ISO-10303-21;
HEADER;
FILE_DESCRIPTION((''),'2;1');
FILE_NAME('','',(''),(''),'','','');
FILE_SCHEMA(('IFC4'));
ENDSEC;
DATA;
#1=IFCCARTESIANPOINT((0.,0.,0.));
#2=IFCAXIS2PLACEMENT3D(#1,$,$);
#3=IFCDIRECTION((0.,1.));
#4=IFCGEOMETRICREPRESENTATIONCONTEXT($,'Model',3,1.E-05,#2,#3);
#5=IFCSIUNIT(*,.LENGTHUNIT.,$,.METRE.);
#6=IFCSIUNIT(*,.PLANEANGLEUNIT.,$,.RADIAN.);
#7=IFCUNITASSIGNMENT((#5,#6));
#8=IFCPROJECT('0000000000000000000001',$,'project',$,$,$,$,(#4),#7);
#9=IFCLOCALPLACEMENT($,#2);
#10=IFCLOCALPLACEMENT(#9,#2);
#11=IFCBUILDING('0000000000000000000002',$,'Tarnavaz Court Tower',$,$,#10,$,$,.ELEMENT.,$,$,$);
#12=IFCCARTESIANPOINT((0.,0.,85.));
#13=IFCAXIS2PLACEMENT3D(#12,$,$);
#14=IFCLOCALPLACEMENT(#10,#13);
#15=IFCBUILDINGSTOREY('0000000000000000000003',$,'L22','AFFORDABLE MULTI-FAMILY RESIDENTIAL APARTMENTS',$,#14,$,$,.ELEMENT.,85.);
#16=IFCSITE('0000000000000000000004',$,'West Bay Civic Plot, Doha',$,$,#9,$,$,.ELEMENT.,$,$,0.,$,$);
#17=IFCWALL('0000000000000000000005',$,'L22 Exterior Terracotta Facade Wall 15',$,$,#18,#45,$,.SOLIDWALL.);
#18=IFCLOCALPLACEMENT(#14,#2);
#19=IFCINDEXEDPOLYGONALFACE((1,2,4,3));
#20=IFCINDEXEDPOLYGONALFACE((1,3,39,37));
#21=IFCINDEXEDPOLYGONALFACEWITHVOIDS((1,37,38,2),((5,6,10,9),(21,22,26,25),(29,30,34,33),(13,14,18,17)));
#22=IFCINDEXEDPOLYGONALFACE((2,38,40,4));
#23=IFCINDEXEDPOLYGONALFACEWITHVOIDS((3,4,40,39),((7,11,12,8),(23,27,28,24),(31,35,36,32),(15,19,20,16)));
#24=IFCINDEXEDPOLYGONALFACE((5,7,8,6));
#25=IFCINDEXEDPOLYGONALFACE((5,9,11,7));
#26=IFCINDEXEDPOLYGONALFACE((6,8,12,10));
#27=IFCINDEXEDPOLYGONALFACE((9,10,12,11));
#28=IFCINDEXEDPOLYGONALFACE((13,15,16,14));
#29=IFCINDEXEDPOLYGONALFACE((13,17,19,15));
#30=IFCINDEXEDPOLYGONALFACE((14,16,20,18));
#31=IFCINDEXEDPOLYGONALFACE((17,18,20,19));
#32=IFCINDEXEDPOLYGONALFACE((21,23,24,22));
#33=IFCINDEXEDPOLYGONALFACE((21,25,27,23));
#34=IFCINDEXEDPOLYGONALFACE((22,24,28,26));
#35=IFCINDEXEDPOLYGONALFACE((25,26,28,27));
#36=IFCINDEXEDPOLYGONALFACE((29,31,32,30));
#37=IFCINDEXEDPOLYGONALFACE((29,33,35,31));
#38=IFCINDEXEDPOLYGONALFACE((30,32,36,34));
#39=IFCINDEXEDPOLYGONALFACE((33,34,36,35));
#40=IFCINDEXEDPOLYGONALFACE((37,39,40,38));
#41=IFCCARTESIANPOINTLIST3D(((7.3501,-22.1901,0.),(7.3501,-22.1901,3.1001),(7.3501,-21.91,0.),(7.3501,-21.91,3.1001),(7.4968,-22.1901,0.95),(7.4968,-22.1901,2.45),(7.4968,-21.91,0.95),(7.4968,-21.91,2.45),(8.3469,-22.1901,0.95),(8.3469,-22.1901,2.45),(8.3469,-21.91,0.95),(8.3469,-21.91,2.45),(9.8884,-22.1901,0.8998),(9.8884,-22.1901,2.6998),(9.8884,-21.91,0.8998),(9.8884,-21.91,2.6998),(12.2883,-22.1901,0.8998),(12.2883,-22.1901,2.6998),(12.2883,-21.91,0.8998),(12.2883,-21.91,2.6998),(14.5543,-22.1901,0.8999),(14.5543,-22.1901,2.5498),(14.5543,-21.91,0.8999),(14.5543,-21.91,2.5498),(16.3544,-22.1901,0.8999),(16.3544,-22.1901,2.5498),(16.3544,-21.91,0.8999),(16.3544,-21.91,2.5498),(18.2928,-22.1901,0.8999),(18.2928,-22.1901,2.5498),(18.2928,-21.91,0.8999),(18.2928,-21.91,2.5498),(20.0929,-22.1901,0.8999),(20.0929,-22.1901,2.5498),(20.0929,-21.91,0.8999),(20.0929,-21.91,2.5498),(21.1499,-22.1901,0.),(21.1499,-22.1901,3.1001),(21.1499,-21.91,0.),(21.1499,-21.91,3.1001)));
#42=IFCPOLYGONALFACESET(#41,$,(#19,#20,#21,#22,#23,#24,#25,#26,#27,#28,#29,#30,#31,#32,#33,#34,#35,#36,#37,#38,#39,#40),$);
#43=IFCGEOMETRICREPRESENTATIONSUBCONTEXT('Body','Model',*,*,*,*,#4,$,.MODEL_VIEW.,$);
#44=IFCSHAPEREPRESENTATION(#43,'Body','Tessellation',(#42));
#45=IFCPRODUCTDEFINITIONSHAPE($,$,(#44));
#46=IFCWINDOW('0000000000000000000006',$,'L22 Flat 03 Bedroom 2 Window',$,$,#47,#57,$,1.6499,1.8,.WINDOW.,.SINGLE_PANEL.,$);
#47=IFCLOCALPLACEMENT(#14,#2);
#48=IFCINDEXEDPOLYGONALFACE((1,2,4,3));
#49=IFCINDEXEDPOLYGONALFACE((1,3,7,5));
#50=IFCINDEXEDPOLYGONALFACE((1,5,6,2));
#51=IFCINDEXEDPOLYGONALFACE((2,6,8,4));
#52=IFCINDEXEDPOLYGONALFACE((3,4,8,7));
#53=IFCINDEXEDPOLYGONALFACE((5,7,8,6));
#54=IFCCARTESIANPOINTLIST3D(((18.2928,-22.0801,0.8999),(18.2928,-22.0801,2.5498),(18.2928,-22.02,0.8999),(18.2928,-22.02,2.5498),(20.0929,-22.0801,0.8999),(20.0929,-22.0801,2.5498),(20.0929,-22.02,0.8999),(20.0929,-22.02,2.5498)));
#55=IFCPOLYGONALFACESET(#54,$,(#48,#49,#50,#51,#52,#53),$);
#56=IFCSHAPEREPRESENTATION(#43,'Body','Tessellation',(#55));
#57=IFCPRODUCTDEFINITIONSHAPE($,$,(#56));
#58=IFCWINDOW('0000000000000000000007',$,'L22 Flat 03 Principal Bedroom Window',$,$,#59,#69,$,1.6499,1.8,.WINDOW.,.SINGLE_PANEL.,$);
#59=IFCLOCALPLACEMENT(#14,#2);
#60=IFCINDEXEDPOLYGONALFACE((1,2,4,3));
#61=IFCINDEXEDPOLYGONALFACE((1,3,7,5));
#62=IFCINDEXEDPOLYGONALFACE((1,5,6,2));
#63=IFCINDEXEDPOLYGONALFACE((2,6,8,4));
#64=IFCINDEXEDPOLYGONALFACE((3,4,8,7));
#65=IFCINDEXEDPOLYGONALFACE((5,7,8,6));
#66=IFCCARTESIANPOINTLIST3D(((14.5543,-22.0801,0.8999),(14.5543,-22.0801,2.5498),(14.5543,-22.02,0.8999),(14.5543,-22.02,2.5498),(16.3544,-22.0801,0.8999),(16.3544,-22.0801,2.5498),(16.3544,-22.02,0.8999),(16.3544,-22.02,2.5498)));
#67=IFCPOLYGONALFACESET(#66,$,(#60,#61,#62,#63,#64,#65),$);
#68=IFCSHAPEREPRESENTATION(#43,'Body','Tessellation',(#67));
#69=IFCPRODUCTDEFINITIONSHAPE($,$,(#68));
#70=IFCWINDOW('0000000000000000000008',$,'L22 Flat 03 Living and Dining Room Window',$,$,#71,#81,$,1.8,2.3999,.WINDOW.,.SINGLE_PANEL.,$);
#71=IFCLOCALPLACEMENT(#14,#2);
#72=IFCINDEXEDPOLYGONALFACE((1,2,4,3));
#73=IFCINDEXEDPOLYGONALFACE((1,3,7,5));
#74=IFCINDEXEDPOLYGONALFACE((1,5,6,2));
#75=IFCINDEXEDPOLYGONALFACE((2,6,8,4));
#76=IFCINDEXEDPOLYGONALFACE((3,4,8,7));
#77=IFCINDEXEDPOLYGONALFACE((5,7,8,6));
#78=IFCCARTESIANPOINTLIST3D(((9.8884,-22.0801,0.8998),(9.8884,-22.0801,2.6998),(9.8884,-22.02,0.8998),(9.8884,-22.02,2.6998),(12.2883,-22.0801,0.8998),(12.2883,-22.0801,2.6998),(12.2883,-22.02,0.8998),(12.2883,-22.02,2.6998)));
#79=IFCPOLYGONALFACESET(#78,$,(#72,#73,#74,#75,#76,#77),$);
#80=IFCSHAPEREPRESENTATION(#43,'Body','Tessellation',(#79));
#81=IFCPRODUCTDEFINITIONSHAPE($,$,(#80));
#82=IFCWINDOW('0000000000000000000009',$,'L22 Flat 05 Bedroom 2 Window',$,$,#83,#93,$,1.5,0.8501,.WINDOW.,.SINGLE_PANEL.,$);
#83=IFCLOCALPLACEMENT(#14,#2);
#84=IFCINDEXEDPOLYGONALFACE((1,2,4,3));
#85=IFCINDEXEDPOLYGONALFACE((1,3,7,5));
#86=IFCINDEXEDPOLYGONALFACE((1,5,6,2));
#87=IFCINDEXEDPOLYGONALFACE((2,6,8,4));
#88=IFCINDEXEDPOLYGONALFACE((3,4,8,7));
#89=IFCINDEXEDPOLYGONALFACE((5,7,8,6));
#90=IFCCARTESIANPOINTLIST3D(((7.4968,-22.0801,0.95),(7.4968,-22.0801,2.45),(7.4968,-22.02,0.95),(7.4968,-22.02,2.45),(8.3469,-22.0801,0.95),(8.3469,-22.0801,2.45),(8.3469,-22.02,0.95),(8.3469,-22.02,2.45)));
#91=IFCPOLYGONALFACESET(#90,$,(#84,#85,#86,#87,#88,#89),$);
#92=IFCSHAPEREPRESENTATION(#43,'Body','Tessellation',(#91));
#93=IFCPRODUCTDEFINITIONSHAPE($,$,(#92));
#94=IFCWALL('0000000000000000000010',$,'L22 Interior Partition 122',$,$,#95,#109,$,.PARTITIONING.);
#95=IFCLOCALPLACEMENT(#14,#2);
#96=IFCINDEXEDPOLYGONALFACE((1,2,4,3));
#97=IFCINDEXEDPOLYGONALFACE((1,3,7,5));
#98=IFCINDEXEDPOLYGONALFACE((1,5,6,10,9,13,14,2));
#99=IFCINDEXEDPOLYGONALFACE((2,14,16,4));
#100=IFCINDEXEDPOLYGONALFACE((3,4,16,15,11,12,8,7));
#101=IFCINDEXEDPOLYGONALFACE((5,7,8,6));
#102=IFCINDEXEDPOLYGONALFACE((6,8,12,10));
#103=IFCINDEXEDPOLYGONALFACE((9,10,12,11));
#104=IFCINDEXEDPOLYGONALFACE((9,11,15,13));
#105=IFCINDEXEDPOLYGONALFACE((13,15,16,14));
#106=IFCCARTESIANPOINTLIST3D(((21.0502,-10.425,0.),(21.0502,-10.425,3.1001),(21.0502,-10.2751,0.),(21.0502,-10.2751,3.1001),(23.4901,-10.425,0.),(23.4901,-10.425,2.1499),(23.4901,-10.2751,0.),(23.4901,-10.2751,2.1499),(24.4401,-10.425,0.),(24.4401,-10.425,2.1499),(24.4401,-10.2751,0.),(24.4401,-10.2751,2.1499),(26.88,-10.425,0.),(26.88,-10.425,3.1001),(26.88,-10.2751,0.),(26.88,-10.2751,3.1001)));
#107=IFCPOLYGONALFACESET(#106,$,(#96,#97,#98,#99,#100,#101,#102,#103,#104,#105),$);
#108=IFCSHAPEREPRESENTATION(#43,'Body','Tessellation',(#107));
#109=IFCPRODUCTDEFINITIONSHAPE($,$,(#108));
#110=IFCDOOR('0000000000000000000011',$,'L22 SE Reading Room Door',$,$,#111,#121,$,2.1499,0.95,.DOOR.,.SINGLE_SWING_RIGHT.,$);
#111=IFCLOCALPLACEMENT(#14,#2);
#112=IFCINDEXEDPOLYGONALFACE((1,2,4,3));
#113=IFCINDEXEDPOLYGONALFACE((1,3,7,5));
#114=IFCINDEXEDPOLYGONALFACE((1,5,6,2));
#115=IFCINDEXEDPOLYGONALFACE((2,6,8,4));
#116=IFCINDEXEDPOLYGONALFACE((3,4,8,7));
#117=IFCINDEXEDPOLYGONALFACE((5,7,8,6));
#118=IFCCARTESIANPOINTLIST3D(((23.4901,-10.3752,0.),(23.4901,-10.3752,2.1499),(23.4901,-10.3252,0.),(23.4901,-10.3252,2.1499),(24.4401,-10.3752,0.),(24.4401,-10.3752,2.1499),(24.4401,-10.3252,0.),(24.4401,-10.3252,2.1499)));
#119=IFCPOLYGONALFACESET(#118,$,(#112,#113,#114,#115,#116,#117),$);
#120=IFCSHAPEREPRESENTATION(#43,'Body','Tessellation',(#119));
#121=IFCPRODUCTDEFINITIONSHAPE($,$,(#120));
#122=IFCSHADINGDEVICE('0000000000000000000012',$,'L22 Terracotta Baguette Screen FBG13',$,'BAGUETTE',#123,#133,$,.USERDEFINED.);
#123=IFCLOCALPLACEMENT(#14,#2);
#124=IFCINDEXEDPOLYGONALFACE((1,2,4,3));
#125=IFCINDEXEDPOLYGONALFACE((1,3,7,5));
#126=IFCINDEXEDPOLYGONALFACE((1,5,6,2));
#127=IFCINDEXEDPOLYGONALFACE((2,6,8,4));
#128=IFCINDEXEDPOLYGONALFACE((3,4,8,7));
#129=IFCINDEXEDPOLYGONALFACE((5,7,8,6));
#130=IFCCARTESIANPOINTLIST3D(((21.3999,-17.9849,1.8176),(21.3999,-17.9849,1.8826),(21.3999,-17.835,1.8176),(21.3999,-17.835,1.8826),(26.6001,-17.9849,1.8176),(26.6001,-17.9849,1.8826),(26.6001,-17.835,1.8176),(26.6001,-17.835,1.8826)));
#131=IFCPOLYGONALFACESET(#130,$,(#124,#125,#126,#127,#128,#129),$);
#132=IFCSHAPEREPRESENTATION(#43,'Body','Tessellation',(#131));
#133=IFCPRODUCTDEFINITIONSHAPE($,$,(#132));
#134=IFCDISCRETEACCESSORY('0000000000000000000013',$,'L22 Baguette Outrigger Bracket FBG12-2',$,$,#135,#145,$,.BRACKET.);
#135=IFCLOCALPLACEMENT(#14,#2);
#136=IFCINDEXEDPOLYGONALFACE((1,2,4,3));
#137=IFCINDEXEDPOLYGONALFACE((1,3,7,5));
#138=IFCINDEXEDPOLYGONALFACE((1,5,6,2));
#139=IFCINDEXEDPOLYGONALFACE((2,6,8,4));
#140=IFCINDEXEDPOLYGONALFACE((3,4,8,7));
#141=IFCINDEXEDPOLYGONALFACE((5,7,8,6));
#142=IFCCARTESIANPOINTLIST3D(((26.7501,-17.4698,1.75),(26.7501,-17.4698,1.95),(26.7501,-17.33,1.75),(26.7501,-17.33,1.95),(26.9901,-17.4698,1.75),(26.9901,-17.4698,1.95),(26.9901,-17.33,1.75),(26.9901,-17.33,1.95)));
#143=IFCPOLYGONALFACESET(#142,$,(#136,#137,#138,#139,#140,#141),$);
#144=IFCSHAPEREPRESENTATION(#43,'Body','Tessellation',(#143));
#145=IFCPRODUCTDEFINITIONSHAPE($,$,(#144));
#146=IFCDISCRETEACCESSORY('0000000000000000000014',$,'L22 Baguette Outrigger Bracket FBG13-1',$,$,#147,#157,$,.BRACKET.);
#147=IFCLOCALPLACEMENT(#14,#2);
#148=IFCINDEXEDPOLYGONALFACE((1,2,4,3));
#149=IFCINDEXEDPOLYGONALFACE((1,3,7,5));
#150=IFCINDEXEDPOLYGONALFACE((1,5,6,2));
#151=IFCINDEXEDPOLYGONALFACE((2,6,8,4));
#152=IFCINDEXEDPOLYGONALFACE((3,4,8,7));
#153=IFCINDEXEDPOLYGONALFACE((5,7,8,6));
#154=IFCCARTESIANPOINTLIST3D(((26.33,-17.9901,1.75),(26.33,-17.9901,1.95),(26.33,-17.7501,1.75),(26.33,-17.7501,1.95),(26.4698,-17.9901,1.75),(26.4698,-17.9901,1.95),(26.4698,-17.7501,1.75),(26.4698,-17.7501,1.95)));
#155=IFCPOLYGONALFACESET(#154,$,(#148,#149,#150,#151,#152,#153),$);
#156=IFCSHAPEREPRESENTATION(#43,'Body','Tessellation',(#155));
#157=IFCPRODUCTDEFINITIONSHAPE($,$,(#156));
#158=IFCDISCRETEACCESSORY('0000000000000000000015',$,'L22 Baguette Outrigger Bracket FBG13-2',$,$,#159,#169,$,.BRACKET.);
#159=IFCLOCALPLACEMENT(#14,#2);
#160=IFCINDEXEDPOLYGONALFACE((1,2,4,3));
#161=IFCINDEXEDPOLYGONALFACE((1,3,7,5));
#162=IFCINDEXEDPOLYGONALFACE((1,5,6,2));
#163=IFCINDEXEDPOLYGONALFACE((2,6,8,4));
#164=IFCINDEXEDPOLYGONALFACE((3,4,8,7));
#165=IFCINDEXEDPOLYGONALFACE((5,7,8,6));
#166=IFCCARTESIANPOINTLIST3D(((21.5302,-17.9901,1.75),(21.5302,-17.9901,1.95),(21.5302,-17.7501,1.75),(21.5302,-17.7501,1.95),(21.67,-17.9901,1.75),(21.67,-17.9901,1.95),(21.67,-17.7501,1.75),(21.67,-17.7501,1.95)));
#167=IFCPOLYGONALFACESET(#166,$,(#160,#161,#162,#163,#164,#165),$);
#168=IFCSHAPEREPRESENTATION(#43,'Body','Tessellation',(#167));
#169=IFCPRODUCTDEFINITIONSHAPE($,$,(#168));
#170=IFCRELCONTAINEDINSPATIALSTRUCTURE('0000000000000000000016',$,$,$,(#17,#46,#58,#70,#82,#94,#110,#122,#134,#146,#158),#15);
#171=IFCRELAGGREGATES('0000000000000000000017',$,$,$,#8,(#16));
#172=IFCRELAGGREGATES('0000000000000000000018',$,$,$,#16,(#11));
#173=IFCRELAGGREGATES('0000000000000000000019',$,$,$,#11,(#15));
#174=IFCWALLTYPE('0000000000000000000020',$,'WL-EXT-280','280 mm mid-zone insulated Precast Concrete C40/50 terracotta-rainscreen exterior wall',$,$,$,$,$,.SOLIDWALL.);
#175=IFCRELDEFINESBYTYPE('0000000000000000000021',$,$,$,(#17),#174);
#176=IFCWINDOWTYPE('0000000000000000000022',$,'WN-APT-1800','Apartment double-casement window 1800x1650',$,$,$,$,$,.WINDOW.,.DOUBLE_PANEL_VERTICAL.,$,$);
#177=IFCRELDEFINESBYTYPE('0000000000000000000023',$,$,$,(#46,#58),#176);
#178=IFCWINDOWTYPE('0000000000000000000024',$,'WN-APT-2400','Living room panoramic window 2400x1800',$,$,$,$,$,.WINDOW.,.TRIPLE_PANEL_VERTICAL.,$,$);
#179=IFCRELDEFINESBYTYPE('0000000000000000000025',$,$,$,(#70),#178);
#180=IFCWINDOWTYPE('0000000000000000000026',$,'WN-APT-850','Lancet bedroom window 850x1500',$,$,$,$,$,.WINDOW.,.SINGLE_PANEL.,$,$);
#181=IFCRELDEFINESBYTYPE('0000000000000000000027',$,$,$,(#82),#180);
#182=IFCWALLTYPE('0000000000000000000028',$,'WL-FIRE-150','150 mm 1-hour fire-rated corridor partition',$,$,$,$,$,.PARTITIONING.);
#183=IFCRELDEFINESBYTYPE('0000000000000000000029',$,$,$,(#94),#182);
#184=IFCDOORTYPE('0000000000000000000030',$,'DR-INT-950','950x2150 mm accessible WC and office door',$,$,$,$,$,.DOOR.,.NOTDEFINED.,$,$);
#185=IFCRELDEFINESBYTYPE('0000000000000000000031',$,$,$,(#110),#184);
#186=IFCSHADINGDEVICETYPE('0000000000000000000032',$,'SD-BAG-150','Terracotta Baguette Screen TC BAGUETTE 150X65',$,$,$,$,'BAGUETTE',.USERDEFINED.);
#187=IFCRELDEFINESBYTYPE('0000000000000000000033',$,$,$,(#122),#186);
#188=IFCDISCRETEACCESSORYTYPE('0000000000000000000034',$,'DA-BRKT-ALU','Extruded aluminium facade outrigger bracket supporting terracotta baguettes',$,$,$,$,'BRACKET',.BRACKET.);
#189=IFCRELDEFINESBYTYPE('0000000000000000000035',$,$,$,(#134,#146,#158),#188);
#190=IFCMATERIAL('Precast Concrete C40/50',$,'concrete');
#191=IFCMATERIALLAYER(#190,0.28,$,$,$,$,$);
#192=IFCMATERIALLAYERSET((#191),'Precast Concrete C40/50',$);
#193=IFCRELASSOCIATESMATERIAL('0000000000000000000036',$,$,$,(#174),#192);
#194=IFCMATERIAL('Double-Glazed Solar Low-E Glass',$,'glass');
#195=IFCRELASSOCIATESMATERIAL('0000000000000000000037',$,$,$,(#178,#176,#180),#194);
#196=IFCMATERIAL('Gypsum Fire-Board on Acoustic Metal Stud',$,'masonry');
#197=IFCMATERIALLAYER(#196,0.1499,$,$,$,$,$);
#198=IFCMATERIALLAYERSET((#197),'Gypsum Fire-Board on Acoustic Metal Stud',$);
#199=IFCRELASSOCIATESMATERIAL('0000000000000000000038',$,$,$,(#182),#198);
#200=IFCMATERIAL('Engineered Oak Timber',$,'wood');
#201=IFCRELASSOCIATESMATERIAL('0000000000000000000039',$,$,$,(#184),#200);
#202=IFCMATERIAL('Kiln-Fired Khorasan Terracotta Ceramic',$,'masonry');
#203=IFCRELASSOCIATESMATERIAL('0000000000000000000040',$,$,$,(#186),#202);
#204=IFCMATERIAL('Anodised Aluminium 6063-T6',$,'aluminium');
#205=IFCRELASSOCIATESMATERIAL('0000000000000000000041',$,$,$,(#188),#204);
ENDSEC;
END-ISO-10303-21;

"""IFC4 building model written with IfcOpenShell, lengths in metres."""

from ifc_helpers import new_model, si_unit, direction, frame, frame_2d, origin, origin_2d, place, context, subcontext, project, spatial, rectangle, extrude, material, layer, layer_set, material_profile, profile_set, type_object, element, fill, save


model = new_model("IFC4")

# Units and contexts
model_context = context("Model", 3, precision=1e-05, world=origin(), true_north=direction((0.0, 1.0)))
body_context = subcontext(model_context, "Body", "Model", "MODEL_VIEW")
ifc_project = project(units=[si_unit("LENGTHUNIT", "METRE"), si_unit("PLANEANGLEUNIT", "RADIAN")], contexts=[model_context])

# Site, building, storey
site_placement = place(None, origin())
site = spatial("IfcSite", under=ifc_project, at=site_placement, Name="West Bay Civic Plot, Doha", CompositionType="ELEMENT", RefElevation=0.0)
building_placement = place(site_placement, origin())
building = spatial("IfcBuilding", under=site, at=building_placement, Name="Tarnavaz Court Tower", CompositionType="ELEMENT")
storey_placement = place(building_placement, frame((0.0, 0.0, 85.0)))
storey = spatial("IfcBuildingStorey", under=building, at=storey_placement, Name="L22", Description="AFFORDABLE MULTI-FAMILY RESIDENTIAL APARTMENTS", CompositionType="ELEMENT", Elevation=85.0)

# Shared definitions
ifc_material_1 = material(Name="Precast Concrete C40/50", Category="concrete")
ifc_layer_1 = layer(ifc_material_1, 0.28)
ifc_layer_set_1 = layer_set([ifc_layer_1], Name="Precast Concrete C40/50")
wall_type_1 = type_object("IfcWallType", Name="WL-EXT-280", Description="280 mm mid-zone insulated Precast Concrete C40/50 terracotta-rainscreen exterior wall", PredefinedType="SOLIDWALL", material=ifc_layer_set_1)
ifc_material_2 = material(Name="Double-Glazed Solar Low-E Glass", Category="glass")
window_type_1 = type_object("IfcWindowType", Name="WN-APT-2400", Description="Living room panoramic window 2400x1800", PartitioningType="TRIPLE_PANEL_VERTICAL", PredefinedType="WINDOW", material=ifc_material_2)
window_type_2 = type_object("IfcWindowType", Name="WN-APT-1800", Description="Apartment double-casement window 1800x1650", PartitioningType="DOUBLE_PANEL_VERTICAL", PredefinedType="WINDOW", material=ifc_material_2)

# Wall, openings, windows
wall_1_placement = place(storey_placement, frame((21.1499, -22.05, 0.0), z_axis=(0.0, 0.0, 1.0), x_axis=(-1.0, 0.0, 0.0)))
wall_1 = element("IfcWall", 1, at=wall_1_placement, inside=storey, type_object=wall_type_1, Name="L22 Exterior Terracotta Facade Wall 15", PredefinedType="SOLIDWALL", context=body_context, shape_type="SweptSolid", body=[
    extrude(rectangle(XDim=13.7998, YDim=0.28, at=frame_2d((6.8999, 0.0))), origin(), (0.0, 0.0, 1.0), 3.1001),
])
opening_1_placement = place(wall_1_placement, frame((1.0571, 0.0, 0.8999)))
opening_1 = element("IfcOpeningElement", 2, at=opening_1_placement, cuts=wall_1, PredefinedType="OPENING", context=body_context, shape_type="SweptSolid", body=[
    extrude(rectangle(XDim=1.8, YDim=1.6499, at=frame_2d((0.8999, 0.825))), frame((0.0, 0.1499, 0.0), z_axis=(0.0, -1.0, 0.0), x_axis=(1.0, 0.0, 0.0)), (0.0, 0.0, 1.0), 0.3),
])
opening_2_placement = place(wall_1_placement, frame((4.7957, 0.0, 0.8999)))
opening_2 = element("IfcOpeningElement", 3, at=opening_2_placement, cuts=wall_1, PredefinedType="OPENING", context=body_context, shape_type="SweptSolid", body=[
    extrude(rectangle(XDim=1.8, YDim=1.6499, at=frame_2d((0.8999, 0.825))), frame((0.0, 0.1499, 0.0), z_axis=(0.0, -1.0, 0.0), x_axis=(1.0, 0.0, 0.0)), (0.0, 0.0, 1.0), 0.3),
])
opening_3_placement = place(wall_1_placement, frame((8.8616, 0.0, 0.8999)))
opening_3 = element("IfcOpeningElement", 4, at=opening_3_placement, cuts=wall_1, PredefinedType="OPENING", context=body_context, shape_type="SweptSolid", body=[
    extrude(rectangle(XDim=2.3999, YDim=1.8, at=frame_2d((1.2, 0.8999))), frame((0.0, 0.1499, 0.0), z_axis=(0.0, -1.0, 0.0), x_axis=(1.0, 0.0, 0.0)), (0.0, 0.0, 1.0), 0.3),
])
opening_4_placement = place(wall_1_placement, frame((12.803, 0.0, 0.95)))
opening_4 = element("IfcOpeningElement", 5, at=opening_4_placement, cuts=wall_1, PredefinedType="OPENING", context=body_context, shape_type="SweptSolid", body=[
    extrude(rectangle(XDim=0.8501, YDim=1.5, at=frame_2d((0.425, 0.75))), frame((0.0, 0.1499, 0.0), z_axis=(0.0, -1.0, 0.0), x_axis=(1.0, 0.0, 0.0)), (0.0, 0.0, 1.0), 0.3),
])
window_1_placement = place(opening_1_placement, origin())
window_1 = element("IfcWindow", 6, at=window_1_placement, inside=storey, type_object=window_type_2, Name="L22 Flat 03 Bedroom 2 Window", OverallHeight=1.6499, OverallWidth=1.8, PartitioningType="SINGLE_PANEL", PredefinedType="WINDOW", context=body_context, shape_type="SweptSolid", body=[
    extrude(rectangle(XDim=1.8, YDim=1.6499, at=frame_2d((0.8999, 0.825))), frame((0.0, 0.03, 0.0), z_axis=(0.0, -1.0, 0.0), x_axis=(1.0, 0.0, 0.0)), (0.0, 0.0, 1.0), 0.0601),
])
fill(opening_1, window_1)
window_2_placement = place(opening_2_placement, origin())
window_2 = element("IfcWindow", 7, at=window_2_placement, inside=storey, type_object=window_type_2, Name="L22 Flat 03 Principal Bedroom Window", OverallHeight=1.6499, OverallWidth=1.8, PartitioningType="SINGLE_PANEL", PredefinedType="WINDOW", context=body_context, shape_type="SweptSolid", body=[
    extrude(rectangle(XDim=1.8, YDim=1.6499, at=frame_2d((0.8999, 0.825))), frame((0.0, 0.03, 0.0), z_axis=(0.0, -1.0, 0.0), x_axis=(1.0, 0.0, 0.0)), (0.0, 0.0, 1.0), 0.0601),
])
fill(opening_2, window_2)
window_3_placement = place(opening_3_placement, origin())
window_3 = element("IfcWindow", 8, at=window_3_placement, inside=storey, type_object=window_type_1, Name="L22 Flat 03 Living and Dining Room Window", OverallHeight=1.8, OverallWidth=2.3999, PartitioningType="SINGLE_PANEL", PredefinedType="WINDOW", context=body_context, shape_type="SweptSolid", body=[
    extrude(rectangle(XDim=2.3999, YDim=1.8, at=frame_2d((1.2, 0.8999))), frame((0.0, 0.03, 0.0), z_axis=(0.0, -1.0, 0.0), x_axis=(1.0, 0.0, 0.0)), (0.0, 0.0, 1.0), 0.0601),
])
fill(opening_3, window_3)
window_type_3 = type_object("IfcWindowType", Name="WN-APT-850", Description="Lancet bedroom window 850x1500", PartitioningType="SINGLE_PANEL", PredefinedType="WINDOW", material=ifc_material_2)
window_4_placement = place(opening_4_placement, origin())
window_4 = element("IfcWindow", 9, at=window_4_placement, inside=storey, type_object=window_type_3, Name="L22 Flat 05 Bedroom 2 Window", OverallHeight=1.5, OverallWidth=0.8501, PartitioningType="SINGLE_PANEL", PredefinedType="WINDOW", context=body_context, shape_type="SweptSolid", body=[
    extrude(rectangle(XDim=0.8501, YDim=1.5, at=frame_2d((0.425, 0.75))), frame((0.0, 0.03, 0.0), z_axis=(0.0, -1.0, 0.0), x_axis=(1.0, 0.0, 0.0)), (0.0, 0.0, 1.0), 0.0601),
])
fill(opening_4, window_4)

# Wall, opening, door
ifc_material_3 = material(Name="Gypsum Fire-Board on Acoustic Metal Stud", Category="masonry")
ifc_layer_2 = layer(ifc_material_3, 0.1499)
ifc_layer_set_2 = layer_set([ifc_layer_2], Name="Gypsum Fire-Board on Acoustic Metal Stud")
wall_type_2 = type_object("IfcWallType", Name="WL-FIRE-150", Description="150 mm 1-hour fire-rated corridor partition", PredefinedType="PARTITIONING", material=ifc_layer_set_2)
wall_2_placement = place(storey_placement, frame((21.05, -10.3501, 0.0), z_axis=(0.0, 0.0, 1.0), x_axis=(1.0, 0.0, 0.0)))
wall_2 = element("IfcWall", 10, at=wall_2_placement, inside=storey, type_object=wall_type_2, Name="L22 Interior Partition 122", PredefinedType="PARTITIONING", context=body_context, shape_type="SweptSolid", body=[
    extrude(rectangle(XDim=5.8298, YDim=0.1499, at=frame_2d((2.915, 0.0))), origin(), (0.0, 0.0, 1.0), 3.1001),
])
opening_5_placement = place(wall_2_placement, frame((2.4399, 0.0, 0.0)))
opening_5 = element("IfcOpeningElement", 11, at=opening_5_placement, cuts=wall_2, PredefinedType="OPENING", context=body_context, shape_type="SweptSolid", body=[
    extrude(rectangle(XDim=0.95, YDim=2.1499, at=frame_2d((0.4751, 1.075))), frame((0.0, 0.085, 0.0), z_axis=(0.0, -1.0, 0.0), x_axis=(1.0, 0.0, 0.0)), (0.0, 0.0, 1.0), 0.1699),
])
ifc_material_4 = material(Name="Engineered Oak Timber", Category="wood")
door_type = type_object("IfcDoorType", Name="DR-INT-950", Description="950x2150 mm accessible WC and office door", OperationType="NOTDEFINED", PredefinedType="DOOR", material=ifc_material_4)
door_placement = place(opening_5_placement, origin())
door = element("IfcDoor", 12, at=door_placement, inside=storey, type_object=door_type, Name="L22 SE Reading Room Door", OperationType="SINGLE_SWING_RIGHT", OverallHeight=2.1499, OverallWidth=0.95, PredefinedType="DOOR", context=body_context, shape_type="SweptSolid", body=[
    extrude(rectangle(XDim=0.95, YDim=2.1499, at=frame_2d((0.4751, 1.075))), frame((0.0, 0.0249, 0.0), z_axis=(0.0, -1.0, 0.0), x_axis=(1.0, 0.0, 0.0)), (0.0, 0.0, 1.0), 0.05),
])
fill(opening_5, door)

# Shading device
ifc_material_5 = material(Name="Kiln-Fired Khorasan Terracotta Ceramic", Category="masonry")
ifc_material_profile_1 = material_profile(ifc_material_5, rectangle(XDim=0.1499, YDim=0.0649, at=origin_2d()), Name="TC BAGUETTE 150X65")
ifc_profile_set_1 = profile_set([ifc_material_profile_1], Name="Kiln-Fired Khorasan Terracotta Ceramic")
shading_device_type = type_object("IfcShadingDeviceType", Name="SD-BAG-150", Description="Terracotta Baguette Screen TC BAGUETTE 150X65", ElementType="BAGUETTE", PredefinedType="USERDEFINED", material=ifc_profile_set_1)
shading_device_placement = place(storey_placement, frame((26.6001, -17.9099, 1.8501), z_axis=(-1.0, 0.0, 0.0), x_axis=(0.0, -1.0, 0.0)))
element("IfcShadingDevice", 13, at=shading_device_placement, inside=storey, type_object=shading_device_type, Name="L22 Terracotta Baguette Screen FBG13", ObjectType="BAGUETTE", PredefinedType="USERDEFINED", context=body_context, shape_type="SweptSolid", body=[
    extrude(rectangle(XDim=0.1499, YDim=0.0649, at=origin_2d()), origin(), (0.0, 0.0, 1.0), 5.2002),
])

# Discrete accessories
ifc_material_6 = material(Name="Anodised Aluminium 6063-T6", Category="aluminium")
discrete_accessory_type = type_object("IfcDiscreteAccessoryType", Name="DA-BRKT-ALU", Description="Extruded aluminium facade outrigger bracket supporting terracotta baguettes", ElementType="BRACKET", PredefinedType="BRACKET", material=ifc_material_6)
for number, where, z_axis, x_axis, name in (
    (14, (26.8701, -17.3999, 1.75), (0.0, 0.0, 1.0), (0.0, -1.0, 0.0), "L22 Baguette Outrigger Bracket FBG12-2"),
    (15, (26.3999, -17.8701, 1.75), (0.0, 0.0, 1.0), (-1.0, 0.0, 0.0), "L22 Baguette Outrigger Bracket FBG13-1"),
    (16, (21.6001, -17.8701, 1.75), (0.0, 0.0, 1.0), (-1.0, 0.0, 0.0), "L22 Baguette Outrigger Bracket FBG13-2"),
):
    element("IfcDiscreteAccessory", number, at=place(storey_placement, frame(where, z_axis=z_axis, x_axis=x_axis)), inside=storey, type_object=discrete_accessory_type, Name=name, PredefinedType="BRACKET", context=body_context, shape_type="SweptSolid", body=[
        extrude(rectangle(XDim=0.1399, YDim=0.24, at=origin_2d()), origin(), (0.0, 0.0, 1.0), 0.2),
    ])

save(model, "model.ifc")
